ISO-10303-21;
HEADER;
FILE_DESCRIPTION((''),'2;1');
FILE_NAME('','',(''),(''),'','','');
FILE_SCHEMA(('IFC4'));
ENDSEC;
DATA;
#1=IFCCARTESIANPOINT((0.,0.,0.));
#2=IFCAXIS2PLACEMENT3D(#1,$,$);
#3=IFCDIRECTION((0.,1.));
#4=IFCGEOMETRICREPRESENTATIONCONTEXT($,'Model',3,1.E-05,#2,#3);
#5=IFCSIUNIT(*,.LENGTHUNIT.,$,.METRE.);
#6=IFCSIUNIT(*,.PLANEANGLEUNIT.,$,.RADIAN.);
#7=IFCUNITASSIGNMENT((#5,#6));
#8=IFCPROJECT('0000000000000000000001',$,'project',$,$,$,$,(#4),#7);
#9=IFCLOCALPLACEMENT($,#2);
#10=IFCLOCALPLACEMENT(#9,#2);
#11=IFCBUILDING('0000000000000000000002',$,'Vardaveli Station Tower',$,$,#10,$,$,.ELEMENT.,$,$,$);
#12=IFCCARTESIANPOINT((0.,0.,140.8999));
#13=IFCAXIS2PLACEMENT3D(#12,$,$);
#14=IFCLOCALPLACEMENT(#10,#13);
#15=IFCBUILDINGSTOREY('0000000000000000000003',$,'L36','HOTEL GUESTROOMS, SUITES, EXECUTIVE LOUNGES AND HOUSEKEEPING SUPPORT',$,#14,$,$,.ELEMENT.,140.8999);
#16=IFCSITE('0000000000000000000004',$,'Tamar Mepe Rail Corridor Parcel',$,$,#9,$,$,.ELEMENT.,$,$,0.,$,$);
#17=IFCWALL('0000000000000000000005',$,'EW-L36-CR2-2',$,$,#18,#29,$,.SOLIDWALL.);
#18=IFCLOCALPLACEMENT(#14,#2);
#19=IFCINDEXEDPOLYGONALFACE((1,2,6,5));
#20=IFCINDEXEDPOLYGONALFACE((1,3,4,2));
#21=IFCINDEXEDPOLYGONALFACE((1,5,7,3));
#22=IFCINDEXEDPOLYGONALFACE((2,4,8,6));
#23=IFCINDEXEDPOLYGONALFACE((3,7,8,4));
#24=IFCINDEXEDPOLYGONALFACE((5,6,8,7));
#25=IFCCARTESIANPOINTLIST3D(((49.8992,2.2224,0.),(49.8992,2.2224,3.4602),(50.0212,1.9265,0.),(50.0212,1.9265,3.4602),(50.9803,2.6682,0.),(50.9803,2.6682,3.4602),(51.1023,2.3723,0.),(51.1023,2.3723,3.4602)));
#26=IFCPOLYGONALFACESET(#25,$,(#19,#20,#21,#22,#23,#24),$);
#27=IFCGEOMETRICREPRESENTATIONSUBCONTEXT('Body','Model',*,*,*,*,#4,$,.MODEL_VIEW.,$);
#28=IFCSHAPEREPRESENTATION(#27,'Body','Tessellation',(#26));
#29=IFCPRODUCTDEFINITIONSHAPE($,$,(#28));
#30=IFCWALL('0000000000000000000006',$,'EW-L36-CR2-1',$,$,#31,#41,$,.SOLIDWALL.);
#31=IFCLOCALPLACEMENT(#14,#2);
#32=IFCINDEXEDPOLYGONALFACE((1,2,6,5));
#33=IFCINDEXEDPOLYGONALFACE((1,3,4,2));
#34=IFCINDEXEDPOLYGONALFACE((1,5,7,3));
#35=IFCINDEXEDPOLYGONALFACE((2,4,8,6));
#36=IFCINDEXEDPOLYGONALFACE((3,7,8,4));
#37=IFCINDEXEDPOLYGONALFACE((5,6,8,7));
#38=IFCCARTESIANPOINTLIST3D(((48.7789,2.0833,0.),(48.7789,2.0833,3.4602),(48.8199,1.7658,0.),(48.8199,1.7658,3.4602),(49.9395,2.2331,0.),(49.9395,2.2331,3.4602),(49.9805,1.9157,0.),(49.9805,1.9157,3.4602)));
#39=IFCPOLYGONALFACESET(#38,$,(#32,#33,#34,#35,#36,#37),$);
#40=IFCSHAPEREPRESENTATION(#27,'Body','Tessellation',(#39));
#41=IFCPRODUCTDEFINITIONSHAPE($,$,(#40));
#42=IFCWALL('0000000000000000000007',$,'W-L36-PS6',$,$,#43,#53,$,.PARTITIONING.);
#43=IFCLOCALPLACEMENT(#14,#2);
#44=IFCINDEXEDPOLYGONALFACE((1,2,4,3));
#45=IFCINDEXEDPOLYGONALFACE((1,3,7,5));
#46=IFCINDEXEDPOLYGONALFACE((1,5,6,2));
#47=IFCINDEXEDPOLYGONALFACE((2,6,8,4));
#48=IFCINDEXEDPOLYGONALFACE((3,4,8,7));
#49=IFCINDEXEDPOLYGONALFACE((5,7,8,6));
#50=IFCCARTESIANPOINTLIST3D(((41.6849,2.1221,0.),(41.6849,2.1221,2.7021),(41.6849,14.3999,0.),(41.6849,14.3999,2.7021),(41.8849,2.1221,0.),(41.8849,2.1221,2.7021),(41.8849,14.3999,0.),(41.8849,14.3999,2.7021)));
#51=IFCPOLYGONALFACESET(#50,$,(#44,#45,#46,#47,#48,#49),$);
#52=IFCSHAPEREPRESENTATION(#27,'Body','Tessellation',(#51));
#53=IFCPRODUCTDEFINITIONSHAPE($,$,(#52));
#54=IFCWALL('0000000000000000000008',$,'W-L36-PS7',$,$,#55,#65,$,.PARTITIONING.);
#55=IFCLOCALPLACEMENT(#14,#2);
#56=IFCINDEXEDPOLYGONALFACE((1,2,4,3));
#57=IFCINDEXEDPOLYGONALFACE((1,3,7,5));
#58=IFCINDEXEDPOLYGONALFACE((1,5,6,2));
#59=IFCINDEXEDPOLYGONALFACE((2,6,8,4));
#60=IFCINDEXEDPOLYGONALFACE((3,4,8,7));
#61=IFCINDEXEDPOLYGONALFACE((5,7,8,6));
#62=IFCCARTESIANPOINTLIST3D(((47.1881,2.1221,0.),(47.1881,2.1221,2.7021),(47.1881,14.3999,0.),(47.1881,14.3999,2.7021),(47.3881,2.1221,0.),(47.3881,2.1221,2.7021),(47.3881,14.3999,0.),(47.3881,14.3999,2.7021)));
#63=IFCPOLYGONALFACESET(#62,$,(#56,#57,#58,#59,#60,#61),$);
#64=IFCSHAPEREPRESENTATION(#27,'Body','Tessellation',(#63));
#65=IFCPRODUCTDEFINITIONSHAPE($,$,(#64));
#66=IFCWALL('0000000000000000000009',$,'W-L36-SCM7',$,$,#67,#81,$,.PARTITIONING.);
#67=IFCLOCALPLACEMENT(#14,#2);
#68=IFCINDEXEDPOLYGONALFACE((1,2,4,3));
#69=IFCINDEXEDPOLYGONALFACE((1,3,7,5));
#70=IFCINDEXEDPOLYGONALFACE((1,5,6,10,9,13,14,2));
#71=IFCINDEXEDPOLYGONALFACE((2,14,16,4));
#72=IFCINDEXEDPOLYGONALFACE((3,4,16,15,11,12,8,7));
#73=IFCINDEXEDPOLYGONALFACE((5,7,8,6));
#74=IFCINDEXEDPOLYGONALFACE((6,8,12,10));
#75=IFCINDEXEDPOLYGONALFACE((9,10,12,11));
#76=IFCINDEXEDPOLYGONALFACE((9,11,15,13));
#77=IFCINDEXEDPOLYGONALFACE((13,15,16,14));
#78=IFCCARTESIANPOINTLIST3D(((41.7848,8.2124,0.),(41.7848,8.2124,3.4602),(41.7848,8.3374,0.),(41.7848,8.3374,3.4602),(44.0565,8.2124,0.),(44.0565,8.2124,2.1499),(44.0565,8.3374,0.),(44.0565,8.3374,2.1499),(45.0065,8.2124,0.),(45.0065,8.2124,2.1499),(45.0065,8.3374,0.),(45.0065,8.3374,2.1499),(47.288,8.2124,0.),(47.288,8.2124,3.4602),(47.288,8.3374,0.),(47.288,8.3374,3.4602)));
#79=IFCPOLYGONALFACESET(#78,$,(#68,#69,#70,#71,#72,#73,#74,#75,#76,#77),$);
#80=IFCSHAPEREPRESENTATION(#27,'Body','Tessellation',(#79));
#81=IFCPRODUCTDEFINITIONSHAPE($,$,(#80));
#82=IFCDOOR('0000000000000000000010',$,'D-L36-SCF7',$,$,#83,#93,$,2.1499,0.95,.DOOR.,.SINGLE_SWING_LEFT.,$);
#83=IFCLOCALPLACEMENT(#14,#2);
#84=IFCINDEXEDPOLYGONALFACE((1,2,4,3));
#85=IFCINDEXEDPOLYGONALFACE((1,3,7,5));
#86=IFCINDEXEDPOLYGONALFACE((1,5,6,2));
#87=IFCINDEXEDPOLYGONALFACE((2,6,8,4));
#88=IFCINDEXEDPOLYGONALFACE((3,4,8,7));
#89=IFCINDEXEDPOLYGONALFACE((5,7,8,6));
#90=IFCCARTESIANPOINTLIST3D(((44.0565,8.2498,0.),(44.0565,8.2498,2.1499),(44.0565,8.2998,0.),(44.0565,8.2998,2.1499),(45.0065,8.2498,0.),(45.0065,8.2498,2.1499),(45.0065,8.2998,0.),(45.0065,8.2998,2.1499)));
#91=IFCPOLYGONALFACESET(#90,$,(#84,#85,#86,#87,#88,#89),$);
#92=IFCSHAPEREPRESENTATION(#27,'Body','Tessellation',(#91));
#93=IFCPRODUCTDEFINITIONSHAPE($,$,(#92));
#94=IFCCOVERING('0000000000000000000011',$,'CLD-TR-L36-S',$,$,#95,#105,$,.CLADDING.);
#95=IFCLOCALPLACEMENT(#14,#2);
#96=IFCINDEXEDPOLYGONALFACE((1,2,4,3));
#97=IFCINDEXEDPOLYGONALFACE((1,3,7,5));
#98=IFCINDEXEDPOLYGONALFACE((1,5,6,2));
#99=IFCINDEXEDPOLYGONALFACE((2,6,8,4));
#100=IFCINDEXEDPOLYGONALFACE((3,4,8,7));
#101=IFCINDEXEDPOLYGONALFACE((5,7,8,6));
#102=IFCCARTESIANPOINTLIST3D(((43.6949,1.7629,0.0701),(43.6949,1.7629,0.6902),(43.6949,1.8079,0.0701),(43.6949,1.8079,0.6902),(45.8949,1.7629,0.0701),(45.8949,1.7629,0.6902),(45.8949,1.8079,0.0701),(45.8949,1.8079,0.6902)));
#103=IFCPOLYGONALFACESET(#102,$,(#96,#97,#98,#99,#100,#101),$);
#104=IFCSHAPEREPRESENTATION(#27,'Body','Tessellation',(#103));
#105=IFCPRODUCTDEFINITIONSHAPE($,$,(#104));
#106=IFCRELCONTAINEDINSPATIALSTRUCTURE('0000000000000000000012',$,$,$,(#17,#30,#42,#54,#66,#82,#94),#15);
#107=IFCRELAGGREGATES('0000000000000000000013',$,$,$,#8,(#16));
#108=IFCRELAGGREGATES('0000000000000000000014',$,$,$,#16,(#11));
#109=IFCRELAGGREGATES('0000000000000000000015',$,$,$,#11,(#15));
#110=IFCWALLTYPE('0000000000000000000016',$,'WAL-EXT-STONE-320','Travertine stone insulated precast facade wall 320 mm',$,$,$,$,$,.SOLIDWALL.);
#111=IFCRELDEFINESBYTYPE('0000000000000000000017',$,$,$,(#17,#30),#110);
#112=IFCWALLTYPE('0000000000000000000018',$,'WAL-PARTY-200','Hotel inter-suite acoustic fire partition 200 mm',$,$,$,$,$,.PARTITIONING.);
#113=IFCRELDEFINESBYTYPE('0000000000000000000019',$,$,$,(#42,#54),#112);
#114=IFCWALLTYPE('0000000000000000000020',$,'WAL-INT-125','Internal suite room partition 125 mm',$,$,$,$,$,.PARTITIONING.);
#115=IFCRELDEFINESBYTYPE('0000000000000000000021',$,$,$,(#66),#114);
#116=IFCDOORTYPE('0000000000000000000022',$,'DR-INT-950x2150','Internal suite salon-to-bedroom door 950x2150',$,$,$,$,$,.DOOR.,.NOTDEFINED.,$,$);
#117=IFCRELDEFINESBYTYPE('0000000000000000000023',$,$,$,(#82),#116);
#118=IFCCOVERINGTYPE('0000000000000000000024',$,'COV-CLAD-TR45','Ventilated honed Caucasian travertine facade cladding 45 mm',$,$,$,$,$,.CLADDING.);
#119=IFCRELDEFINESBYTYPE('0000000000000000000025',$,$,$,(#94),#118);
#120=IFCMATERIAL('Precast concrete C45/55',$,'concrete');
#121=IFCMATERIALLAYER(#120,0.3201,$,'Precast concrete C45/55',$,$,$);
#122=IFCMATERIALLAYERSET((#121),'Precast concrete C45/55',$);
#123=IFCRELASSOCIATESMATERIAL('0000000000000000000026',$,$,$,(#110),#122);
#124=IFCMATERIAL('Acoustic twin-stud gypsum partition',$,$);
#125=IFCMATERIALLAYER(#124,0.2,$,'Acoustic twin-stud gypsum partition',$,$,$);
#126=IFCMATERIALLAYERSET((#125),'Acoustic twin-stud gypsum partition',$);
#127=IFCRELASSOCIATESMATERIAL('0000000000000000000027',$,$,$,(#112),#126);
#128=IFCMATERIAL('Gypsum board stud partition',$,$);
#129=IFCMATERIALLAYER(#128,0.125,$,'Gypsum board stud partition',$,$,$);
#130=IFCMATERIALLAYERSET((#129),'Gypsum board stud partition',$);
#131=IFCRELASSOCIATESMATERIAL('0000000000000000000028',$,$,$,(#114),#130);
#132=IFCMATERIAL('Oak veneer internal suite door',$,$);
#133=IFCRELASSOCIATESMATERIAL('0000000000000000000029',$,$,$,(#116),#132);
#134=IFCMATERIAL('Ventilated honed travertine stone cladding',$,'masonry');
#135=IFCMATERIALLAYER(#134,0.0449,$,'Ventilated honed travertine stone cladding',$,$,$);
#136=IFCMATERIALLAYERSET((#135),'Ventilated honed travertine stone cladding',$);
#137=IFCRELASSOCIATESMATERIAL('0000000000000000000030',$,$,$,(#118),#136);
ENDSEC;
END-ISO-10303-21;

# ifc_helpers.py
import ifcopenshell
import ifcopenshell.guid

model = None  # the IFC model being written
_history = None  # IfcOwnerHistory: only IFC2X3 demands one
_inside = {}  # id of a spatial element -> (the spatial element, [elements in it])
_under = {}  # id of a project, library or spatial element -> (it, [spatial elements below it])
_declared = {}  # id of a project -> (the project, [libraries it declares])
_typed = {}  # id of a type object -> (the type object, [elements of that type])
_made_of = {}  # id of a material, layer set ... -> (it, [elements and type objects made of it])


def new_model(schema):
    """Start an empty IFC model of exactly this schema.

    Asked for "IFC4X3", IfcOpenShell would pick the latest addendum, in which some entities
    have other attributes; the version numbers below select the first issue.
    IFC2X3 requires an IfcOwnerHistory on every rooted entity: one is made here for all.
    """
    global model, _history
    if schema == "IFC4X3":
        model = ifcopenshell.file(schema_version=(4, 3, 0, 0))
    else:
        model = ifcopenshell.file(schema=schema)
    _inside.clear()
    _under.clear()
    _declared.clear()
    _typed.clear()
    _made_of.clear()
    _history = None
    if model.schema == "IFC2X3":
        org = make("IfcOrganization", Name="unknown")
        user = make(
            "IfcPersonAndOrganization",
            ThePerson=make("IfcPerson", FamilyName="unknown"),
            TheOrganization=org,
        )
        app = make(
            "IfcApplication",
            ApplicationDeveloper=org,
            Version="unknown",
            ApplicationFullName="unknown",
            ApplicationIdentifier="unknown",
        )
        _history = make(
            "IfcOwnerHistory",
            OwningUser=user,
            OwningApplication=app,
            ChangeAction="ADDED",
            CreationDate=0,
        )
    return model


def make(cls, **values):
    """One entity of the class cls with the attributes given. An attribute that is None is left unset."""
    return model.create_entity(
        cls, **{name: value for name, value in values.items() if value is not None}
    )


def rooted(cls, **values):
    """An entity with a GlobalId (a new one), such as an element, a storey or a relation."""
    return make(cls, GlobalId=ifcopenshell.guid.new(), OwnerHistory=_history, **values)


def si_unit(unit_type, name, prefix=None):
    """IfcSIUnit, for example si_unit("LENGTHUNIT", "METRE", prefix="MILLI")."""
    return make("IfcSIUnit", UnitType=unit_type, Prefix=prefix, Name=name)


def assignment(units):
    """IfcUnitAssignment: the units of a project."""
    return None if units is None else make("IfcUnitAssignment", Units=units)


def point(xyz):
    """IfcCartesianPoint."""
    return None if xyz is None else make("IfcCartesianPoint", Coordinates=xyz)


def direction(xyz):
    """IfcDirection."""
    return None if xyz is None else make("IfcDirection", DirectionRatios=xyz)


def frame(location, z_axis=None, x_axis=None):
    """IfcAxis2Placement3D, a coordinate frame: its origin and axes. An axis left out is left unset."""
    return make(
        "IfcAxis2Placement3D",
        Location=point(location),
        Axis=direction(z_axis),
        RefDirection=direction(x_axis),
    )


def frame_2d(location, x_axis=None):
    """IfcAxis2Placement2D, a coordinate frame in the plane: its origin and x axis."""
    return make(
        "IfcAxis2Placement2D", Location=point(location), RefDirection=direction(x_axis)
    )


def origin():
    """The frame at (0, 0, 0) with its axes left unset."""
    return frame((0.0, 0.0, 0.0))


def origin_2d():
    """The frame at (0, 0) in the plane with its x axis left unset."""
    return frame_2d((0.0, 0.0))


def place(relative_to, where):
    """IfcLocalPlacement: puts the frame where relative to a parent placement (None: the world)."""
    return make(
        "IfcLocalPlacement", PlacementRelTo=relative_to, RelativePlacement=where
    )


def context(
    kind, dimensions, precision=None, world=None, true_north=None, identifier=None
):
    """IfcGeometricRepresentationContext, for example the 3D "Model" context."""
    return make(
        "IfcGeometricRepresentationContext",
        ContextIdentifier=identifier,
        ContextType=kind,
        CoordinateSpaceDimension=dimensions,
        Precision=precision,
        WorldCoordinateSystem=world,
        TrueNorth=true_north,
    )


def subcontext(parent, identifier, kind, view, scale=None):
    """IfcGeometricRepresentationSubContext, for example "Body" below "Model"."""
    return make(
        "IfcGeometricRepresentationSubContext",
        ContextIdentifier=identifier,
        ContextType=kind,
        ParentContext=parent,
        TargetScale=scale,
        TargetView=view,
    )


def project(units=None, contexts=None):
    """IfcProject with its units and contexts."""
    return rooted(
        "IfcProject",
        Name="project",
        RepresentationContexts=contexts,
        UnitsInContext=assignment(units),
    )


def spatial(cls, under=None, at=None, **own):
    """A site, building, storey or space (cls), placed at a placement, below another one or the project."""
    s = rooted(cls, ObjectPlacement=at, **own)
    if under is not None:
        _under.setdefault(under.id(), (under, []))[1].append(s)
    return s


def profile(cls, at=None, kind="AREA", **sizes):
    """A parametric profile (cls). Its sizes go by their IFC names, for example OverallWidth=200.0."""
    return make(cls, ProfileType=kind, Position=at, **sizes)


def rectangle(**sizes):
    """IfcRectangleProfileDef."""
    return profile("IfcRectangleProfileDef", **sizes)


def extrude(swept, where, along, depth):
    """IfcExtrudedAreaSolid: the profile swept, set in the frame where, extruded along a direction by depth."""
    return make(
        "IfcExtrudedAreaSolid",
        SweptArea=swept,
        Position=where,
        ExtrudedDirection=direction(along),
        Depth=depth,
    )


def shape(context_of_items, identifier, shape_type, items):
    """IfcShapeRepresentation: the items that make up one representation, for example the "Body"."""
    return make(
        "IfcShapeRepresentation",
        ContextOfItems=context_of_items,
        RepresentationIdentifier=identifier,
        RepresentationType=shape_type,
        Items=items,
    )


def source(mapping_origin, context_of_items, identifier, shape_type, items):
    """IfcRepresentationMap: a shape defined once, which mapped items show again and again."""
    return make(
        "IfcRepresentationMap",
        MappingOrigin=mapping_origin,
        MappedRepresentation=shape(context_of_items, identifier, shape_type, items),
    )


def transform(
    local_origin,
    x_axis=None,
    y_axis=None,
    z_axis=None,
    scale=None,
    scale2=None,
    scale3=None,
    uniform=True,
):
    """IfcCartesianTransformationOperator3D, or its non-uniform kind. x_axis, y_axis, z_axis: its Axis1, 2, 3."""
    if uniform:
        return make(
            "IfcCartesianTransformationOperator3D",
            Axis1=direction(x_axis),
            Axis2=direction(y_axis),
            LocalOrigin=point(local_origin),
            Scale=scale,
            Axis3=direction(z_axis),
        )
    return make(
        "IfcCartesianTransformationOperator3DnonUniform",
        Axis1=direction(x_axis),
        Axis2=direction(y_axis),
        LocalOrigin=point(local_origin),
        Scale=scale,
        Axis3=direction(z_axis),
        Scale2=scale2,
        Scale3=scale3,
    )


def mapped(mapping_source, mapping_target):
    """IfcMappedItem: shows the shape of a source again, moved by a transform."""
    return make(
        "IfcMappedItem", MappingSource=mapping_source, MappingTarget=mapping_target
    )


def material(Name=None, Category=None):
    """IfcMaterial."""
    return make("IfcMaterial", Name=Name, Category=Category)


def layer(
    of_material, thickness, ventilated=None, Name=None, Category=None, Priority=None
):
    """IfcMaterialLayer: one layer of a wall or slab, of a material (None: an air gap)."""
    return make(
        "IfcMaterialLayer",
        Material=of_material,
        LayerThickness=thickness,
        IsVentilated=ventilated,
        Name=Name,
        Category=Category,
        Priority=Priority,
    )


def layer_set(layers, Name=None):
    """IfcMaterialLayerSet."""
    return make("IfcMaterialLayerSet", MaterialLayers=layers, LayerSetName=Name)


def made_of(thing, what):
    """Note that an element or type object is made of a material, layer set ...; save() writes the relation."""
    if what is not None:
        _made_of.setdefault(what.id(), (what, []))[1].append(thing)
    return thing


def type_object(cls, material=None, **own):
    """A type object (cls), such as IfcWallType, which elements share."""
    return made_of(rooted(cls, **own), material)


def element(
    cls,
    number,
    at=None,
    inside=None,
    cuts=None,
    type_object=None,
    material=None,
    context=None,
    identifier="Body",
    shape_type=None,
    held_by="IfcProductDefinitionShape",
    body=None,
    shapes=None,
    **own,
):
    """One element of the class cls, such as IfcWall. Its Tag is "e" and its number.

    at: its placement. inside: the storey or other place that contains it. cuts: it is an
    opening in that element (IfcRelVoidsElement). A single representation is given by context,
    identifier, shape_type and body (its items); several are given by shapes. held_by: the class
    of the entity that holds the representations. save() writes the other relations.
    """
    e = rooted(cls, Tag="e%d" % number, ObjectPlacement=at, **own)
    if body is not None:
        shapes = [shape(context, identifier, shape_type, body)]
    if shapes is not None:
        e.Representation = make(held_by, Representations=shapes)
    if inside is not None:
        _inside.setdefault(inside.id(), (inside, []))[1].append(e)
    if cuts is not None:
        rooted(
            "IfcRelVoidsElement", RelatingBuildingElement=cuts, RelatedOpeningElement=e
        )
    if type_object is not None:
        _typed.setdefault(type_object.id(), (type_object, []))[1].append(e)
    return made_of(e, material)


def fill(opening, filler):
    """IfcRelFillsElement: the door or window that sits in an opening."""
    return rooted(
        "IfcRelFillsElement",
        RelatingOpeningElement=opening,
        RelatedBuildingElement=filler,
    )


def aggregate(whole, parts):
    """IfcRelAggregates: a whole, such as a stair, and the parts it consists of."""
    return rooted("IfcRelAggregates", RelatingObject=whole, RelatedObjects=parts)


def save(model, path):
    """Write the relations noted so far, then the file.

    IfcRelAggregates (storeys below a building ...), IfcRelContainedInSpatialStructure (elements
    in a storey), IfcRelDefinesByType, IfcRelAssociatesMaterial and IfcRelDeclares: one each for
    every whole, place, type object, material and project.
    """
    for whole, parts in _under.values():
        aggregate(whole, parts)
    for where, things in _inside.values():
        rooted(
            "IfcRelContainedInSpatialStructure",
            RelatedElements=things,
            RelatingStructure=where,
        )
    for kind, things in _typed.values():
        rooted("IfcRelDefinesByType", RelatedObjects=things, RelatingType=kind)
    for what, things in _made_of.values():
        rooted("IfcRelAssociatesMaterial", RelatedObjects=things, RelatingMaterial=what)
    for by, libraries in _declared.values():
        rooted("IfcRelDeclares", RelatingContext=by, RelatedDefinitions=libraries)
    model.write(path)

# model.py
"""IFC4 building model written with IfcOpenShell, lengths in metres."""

from ifc_helpers import new_model, si_unit, direction, frame, frame_2d, origin, origin_2d, place, context, subcontext, project, spatial, rectangle, extrude, source, transform, mapped, material, layer, layer_set, type_object, element, fill, save


model = new_model("IFC4")

# Units and contexts
model_context = context("Model", 3, precision=1e-05, world=origin(), true_north=direction((0.0, 1.0)))
body_context = subcontext(model_context, "Body", "Model", "MODEL_VIEW")
ifc_project = project(units=[si_unit("LENGTHUNIT", "METRE"), si_unit("PLANEANGLEUNIT", "RADIAN")], contexts=[model_context])

# Site, building, storey
site_placement = place(None, origin())
site = spatial("IfcSite", under=ifc_project, at=site_placement, Name="Tamar Mepe Rail Corridor Parcel", CompositionType="ELEMENT", RefElevation=0.0)
building_placement = place(site_placement, origin())
building = spatial("IfcBuilding", under=site, at=building_placement, Name="Vardaveli Station Tower", CompositionType="ELEMENT")
storey_placement = place(building_placement, frame((0.0, 0.0, 140.8999)))
storey = spatial("IfcBuildingStorey", under=building, at=storey_placement, Name="L36", Description="HOTEL GUESTROOMS, SUITES, EXECUTIVE LOUNGES AND HOUSEKEEPING SUPPORT", CompositionType="ELEMENT", Elevation=140.8999)

# Shared definitions
ifc_material_1 = material(Name="Precast concrete C45/55", Category="concrete")

# Shared definitions
ifc_layer_1 = layer(ifc_material_1, 0.3201, Name="Precast concrete C45/55")
ifc_layer_set_1 = layer_set([ifc_layer_1], Name="Precast concrete C45/55")
wall_type_1 = type_object("IfcWallType", Name="WAL-EXT-STONE-320", Description="Travertine stone insulated precast facade wall 320 mm", PredefinedType="SOLIDWALL", material=ifc_layer_set_1)

# Walls
shared_shape_1 = source(origin(), body_context, "Body", "SweptSolid", [
    extrude(rectangle(XDim=1.1694, YDim=0.3201, at=frame_2d((0.5847, 0.0))), origin(), (0.0, 0.0, 1.0), 3.4602),
])
wall_1_placement = place(storey_placement, frame((49.9602, 2.0745, 0.0), z_axis=(0.0, 0.0, 1.0), x_axis=(0.924479, 0.381233, 0.0)))
element("IfcWall", 1, at=wall_1_placement, inside=storey, type_object=wall_type_1, Name="EW-L36-CR2-2", PredefinedType="SOLIDWALL", context=body_context, shape_type="MappedRepresentation", body=[
    mapped(shared_shape_1, transform((0.0, 0.0, 0.0), scale=1.0)),
])
shared_shape_2 = source(origin(), body_context, "Body", "SweptSolid", [
    extrude(rectangle(XDim=1.1702, YDim=0.3201, at=frame_2d((0.585, 0.0))), origin(), (0.0, 0.0, 1.0), 3.4602),
])
wall_2_placement = place(storey_placement, frame((48.7996, 1.9246, 0.0), z_axis=(0.0, 0.0, 1.0), x_axis=(0.991762, 0.12809, 0.0)))
element("IfcWall", 2, at=wall_2_placement, inside=storey, type_object=wall_type_1, Name="EW-L36-CR2-1", PredefinedType="SOLIDWALL", context=body_context, shape_type="MappedRepresentation", body=[
    mapped(shared_shape_2, transform((0.0, 0.0, 0.0), scale=1.0)),
])
ifc_material_2 = material(Name="Acoustic twin-stud gypsum partition")
ifc_layer_2 = layer(ifc_material_2, 0.2, Name="Acoustic twin-stud gypsum partition")
ifc_layer_set_2 = layer_set([ifc_layer_2], Name="Acoustic twin-stud gypsum partition")
wall_type_2 = type_object("IfcWallType", Name="WAL-PARTY-200", Description="Hotel inter-suite acoustic fire partition 200 mm", PredefinedType="PARTITIONING", material=ifc_layer_set_2)
shared_shape_3 = source(origin(), body_context, "Body", "SweptSolid", [
    extrude(rectangle(XDim=12.2778, YDim=0.2, at=frame_2d((6.1389, 0.0))), origin(), (0.0, 0.0, 1.0), 2.7021),
])
for number, where, z_axis, x_axis, name in (
    (3, (41.7849, 2.1221, 0.0), (0.0, 0.0, 1.0), (0.0, 1.0, 0.0), "W-L36-PS6"),
    (4, (47.2881, 2.1221, 0.0), (0.0, 0.0, 1.0), (0.0, 1.0, 0.0), "W-L36-PS7"),
):
    element("IfcWall", number, at=place(storey_placement, frame(where, z_axis=z_axis, x_axis=x_axis)), inside=storey, type_object=wall_type_2, Name=name, PredefinedType="PARTITIONING", context=body_context, shape_type="MappedRepresentation", body=[
        mapped(shared_shape_3, transform((0.0, 0.0, 0.0), scale=1.0)),
    ])

# Wall, opening, door
ifc_material_3 = material(Name="Gypsum board stud partition")
ifc_layer_3 = layer(ifc_material_3, 0.125, Name="Gypsum board stud partition")
ifc_layer_set_3 = layer_set([ifc_layer_3], Name="Gypsum board stud partition")
wall_type_3 = type_object("IfcWallType", Name="WAL-INT-125", Description="Internal suite room partition 125 mm", PredefinedType="PARTITIONING", material=ifc_layer_set_3)
shared_shape_4 = source(origin(), body_context, "Body", "SweptSolid", [
    extrude(rectangle(XDim=5.5032, YDim=0.125, at=frame_2d((2.7515, 0.0))), origin(), (0.0, 0.0, 1.0), 3.4602),
])
wall_3_placement = place(storey_placement, frame((41.7849, 8.2749, 0.0), z_axis=(0.0, 0.0, 1.0), x_axis=(1.0, 0.0, 0.0)))
wall_3 = element("IfcWall", 5, at=wall_3_placement, inside=storey, type_object=wall_type_3, Name="W-L36-SCM7", PredefinedType="PARTITIONING", context=body_context, shape_type="MappedRepresentation", body=[
    mapped(shared_shape_4, transform((0.0, 0.0, 0.0), scale=1.0)),
])
shared_shape_5 = source(origin(), body_context, "Body", "SweptSolid", [
    extrude(rectangle(XDim=0.95, YDim=2.1499, at=frame_2d((0.4751, 1.075))), frame((0.0, 0.0725, 0.0), z_axis=(0.0, -1.0, 0.0), x_axis=(1.0, 0.0, 0.0)), (0.0, 0.0, 1.0), 0.145),
])
opening_1_placement = place(wall_3_placement, frame((2.2715, 0.0, 0.0)))
opening_1 = element("IfcOpeningElement", 6, at=opening_1_placement, cuts=wall_3, PredefinedType="OPENING", context=body_context, shape_type="MappedRepresentation", body=[
    mapped(shared_shape_5, transform((0.0, 0.0, 0.0), scale=1.0)),
])
ifc_material_4 = material(Name="Oak veneer internal suite door")
door_type_1 = type_object("IfcDoorType", Name="DR-INT-950x2150", Description="Internal suite salon-to-bedroom door 950x2150", OperationType="NOTDEFINED", PredefinedType="DOOR", material=ifc_material_4)
shared_shape_6 = source(origin(), body_context, "Body", "SweptSolid", [
    extrude(rectangle(XDim=0.95, YDim=2.1499, at=frame_2d((0.4751, 1.075))), frame((0.0, 0.0249, 0.0), z_axis=(0.0, -1.0, 0.0), x_axis=(1.0, 0.0, 0.0)), (0.0, 0.0, 1.0), 0.05),
])
door_1_placement = place(opening_1_placement, origin())
door_1 = element("IfcDoor", 7, at=door_1_placement, inside=storey, type_object=door_type_1, Name="D-L36-SCF7", OperationType="SINGLE_SWING_LEFT", OverallHeight=2.1499, OverallWidth=0.95, PredefinedType="DOOR", context=body_context, shape_type="MappedRepresentation", body=[
    mapped(shared_shape_6, transform((0.0, 0.0, 0.0), scale=1.0)),
])
fill(opening_1, door_1)

# Covering
ifc_material_5 = material(Name="Ventilated honed travertine stone cladding", Category="masonry")
ifc_layer_4 = layer(ifc_material_5, 0.0449, Name="Ventilated honed travertine stone cladding")
ifc_layer_set_4 = layer_set([ifc_layer_4], Name="Ventilated honed travertine stone cladding")
covering_type = type_object("IfcCoveringType", Name="COV-CLAD-TR45", Description="Ventilated honed Caucasian travertine facade cladding 45 mm", PredefinedType="CLADDING", material=ifc_layer_set_4)
shared_shape_7 = source(origin(), body_context, "Body", "SweptSolid", [
    extrude(rectangle(XDim=2.2, YDim=0.0449, at=origin_2d()), origin(), (0.0, 0.0, 1.0), 0.6201),
])
covering_placement = place(storey_placement, frame((44.7949, 1.7854, 0.0701), z_axis=(0.0, 0.0, 1.0), x_axis=(1.0, 0.0, 0.0)))
element("IfcCovering", 8, at=covering_placement, inside=storey, type_object=covering_type, Name="CLD-TR-L36-S", PredefinedType="CLADDING", context=body_context, shape_type="MappedRepresentation", body=[
    mapped(shared_shape_7, transform((0.0, 0.0, 0.0), scale=1.0)),
])

save(model, "model.ifc")
